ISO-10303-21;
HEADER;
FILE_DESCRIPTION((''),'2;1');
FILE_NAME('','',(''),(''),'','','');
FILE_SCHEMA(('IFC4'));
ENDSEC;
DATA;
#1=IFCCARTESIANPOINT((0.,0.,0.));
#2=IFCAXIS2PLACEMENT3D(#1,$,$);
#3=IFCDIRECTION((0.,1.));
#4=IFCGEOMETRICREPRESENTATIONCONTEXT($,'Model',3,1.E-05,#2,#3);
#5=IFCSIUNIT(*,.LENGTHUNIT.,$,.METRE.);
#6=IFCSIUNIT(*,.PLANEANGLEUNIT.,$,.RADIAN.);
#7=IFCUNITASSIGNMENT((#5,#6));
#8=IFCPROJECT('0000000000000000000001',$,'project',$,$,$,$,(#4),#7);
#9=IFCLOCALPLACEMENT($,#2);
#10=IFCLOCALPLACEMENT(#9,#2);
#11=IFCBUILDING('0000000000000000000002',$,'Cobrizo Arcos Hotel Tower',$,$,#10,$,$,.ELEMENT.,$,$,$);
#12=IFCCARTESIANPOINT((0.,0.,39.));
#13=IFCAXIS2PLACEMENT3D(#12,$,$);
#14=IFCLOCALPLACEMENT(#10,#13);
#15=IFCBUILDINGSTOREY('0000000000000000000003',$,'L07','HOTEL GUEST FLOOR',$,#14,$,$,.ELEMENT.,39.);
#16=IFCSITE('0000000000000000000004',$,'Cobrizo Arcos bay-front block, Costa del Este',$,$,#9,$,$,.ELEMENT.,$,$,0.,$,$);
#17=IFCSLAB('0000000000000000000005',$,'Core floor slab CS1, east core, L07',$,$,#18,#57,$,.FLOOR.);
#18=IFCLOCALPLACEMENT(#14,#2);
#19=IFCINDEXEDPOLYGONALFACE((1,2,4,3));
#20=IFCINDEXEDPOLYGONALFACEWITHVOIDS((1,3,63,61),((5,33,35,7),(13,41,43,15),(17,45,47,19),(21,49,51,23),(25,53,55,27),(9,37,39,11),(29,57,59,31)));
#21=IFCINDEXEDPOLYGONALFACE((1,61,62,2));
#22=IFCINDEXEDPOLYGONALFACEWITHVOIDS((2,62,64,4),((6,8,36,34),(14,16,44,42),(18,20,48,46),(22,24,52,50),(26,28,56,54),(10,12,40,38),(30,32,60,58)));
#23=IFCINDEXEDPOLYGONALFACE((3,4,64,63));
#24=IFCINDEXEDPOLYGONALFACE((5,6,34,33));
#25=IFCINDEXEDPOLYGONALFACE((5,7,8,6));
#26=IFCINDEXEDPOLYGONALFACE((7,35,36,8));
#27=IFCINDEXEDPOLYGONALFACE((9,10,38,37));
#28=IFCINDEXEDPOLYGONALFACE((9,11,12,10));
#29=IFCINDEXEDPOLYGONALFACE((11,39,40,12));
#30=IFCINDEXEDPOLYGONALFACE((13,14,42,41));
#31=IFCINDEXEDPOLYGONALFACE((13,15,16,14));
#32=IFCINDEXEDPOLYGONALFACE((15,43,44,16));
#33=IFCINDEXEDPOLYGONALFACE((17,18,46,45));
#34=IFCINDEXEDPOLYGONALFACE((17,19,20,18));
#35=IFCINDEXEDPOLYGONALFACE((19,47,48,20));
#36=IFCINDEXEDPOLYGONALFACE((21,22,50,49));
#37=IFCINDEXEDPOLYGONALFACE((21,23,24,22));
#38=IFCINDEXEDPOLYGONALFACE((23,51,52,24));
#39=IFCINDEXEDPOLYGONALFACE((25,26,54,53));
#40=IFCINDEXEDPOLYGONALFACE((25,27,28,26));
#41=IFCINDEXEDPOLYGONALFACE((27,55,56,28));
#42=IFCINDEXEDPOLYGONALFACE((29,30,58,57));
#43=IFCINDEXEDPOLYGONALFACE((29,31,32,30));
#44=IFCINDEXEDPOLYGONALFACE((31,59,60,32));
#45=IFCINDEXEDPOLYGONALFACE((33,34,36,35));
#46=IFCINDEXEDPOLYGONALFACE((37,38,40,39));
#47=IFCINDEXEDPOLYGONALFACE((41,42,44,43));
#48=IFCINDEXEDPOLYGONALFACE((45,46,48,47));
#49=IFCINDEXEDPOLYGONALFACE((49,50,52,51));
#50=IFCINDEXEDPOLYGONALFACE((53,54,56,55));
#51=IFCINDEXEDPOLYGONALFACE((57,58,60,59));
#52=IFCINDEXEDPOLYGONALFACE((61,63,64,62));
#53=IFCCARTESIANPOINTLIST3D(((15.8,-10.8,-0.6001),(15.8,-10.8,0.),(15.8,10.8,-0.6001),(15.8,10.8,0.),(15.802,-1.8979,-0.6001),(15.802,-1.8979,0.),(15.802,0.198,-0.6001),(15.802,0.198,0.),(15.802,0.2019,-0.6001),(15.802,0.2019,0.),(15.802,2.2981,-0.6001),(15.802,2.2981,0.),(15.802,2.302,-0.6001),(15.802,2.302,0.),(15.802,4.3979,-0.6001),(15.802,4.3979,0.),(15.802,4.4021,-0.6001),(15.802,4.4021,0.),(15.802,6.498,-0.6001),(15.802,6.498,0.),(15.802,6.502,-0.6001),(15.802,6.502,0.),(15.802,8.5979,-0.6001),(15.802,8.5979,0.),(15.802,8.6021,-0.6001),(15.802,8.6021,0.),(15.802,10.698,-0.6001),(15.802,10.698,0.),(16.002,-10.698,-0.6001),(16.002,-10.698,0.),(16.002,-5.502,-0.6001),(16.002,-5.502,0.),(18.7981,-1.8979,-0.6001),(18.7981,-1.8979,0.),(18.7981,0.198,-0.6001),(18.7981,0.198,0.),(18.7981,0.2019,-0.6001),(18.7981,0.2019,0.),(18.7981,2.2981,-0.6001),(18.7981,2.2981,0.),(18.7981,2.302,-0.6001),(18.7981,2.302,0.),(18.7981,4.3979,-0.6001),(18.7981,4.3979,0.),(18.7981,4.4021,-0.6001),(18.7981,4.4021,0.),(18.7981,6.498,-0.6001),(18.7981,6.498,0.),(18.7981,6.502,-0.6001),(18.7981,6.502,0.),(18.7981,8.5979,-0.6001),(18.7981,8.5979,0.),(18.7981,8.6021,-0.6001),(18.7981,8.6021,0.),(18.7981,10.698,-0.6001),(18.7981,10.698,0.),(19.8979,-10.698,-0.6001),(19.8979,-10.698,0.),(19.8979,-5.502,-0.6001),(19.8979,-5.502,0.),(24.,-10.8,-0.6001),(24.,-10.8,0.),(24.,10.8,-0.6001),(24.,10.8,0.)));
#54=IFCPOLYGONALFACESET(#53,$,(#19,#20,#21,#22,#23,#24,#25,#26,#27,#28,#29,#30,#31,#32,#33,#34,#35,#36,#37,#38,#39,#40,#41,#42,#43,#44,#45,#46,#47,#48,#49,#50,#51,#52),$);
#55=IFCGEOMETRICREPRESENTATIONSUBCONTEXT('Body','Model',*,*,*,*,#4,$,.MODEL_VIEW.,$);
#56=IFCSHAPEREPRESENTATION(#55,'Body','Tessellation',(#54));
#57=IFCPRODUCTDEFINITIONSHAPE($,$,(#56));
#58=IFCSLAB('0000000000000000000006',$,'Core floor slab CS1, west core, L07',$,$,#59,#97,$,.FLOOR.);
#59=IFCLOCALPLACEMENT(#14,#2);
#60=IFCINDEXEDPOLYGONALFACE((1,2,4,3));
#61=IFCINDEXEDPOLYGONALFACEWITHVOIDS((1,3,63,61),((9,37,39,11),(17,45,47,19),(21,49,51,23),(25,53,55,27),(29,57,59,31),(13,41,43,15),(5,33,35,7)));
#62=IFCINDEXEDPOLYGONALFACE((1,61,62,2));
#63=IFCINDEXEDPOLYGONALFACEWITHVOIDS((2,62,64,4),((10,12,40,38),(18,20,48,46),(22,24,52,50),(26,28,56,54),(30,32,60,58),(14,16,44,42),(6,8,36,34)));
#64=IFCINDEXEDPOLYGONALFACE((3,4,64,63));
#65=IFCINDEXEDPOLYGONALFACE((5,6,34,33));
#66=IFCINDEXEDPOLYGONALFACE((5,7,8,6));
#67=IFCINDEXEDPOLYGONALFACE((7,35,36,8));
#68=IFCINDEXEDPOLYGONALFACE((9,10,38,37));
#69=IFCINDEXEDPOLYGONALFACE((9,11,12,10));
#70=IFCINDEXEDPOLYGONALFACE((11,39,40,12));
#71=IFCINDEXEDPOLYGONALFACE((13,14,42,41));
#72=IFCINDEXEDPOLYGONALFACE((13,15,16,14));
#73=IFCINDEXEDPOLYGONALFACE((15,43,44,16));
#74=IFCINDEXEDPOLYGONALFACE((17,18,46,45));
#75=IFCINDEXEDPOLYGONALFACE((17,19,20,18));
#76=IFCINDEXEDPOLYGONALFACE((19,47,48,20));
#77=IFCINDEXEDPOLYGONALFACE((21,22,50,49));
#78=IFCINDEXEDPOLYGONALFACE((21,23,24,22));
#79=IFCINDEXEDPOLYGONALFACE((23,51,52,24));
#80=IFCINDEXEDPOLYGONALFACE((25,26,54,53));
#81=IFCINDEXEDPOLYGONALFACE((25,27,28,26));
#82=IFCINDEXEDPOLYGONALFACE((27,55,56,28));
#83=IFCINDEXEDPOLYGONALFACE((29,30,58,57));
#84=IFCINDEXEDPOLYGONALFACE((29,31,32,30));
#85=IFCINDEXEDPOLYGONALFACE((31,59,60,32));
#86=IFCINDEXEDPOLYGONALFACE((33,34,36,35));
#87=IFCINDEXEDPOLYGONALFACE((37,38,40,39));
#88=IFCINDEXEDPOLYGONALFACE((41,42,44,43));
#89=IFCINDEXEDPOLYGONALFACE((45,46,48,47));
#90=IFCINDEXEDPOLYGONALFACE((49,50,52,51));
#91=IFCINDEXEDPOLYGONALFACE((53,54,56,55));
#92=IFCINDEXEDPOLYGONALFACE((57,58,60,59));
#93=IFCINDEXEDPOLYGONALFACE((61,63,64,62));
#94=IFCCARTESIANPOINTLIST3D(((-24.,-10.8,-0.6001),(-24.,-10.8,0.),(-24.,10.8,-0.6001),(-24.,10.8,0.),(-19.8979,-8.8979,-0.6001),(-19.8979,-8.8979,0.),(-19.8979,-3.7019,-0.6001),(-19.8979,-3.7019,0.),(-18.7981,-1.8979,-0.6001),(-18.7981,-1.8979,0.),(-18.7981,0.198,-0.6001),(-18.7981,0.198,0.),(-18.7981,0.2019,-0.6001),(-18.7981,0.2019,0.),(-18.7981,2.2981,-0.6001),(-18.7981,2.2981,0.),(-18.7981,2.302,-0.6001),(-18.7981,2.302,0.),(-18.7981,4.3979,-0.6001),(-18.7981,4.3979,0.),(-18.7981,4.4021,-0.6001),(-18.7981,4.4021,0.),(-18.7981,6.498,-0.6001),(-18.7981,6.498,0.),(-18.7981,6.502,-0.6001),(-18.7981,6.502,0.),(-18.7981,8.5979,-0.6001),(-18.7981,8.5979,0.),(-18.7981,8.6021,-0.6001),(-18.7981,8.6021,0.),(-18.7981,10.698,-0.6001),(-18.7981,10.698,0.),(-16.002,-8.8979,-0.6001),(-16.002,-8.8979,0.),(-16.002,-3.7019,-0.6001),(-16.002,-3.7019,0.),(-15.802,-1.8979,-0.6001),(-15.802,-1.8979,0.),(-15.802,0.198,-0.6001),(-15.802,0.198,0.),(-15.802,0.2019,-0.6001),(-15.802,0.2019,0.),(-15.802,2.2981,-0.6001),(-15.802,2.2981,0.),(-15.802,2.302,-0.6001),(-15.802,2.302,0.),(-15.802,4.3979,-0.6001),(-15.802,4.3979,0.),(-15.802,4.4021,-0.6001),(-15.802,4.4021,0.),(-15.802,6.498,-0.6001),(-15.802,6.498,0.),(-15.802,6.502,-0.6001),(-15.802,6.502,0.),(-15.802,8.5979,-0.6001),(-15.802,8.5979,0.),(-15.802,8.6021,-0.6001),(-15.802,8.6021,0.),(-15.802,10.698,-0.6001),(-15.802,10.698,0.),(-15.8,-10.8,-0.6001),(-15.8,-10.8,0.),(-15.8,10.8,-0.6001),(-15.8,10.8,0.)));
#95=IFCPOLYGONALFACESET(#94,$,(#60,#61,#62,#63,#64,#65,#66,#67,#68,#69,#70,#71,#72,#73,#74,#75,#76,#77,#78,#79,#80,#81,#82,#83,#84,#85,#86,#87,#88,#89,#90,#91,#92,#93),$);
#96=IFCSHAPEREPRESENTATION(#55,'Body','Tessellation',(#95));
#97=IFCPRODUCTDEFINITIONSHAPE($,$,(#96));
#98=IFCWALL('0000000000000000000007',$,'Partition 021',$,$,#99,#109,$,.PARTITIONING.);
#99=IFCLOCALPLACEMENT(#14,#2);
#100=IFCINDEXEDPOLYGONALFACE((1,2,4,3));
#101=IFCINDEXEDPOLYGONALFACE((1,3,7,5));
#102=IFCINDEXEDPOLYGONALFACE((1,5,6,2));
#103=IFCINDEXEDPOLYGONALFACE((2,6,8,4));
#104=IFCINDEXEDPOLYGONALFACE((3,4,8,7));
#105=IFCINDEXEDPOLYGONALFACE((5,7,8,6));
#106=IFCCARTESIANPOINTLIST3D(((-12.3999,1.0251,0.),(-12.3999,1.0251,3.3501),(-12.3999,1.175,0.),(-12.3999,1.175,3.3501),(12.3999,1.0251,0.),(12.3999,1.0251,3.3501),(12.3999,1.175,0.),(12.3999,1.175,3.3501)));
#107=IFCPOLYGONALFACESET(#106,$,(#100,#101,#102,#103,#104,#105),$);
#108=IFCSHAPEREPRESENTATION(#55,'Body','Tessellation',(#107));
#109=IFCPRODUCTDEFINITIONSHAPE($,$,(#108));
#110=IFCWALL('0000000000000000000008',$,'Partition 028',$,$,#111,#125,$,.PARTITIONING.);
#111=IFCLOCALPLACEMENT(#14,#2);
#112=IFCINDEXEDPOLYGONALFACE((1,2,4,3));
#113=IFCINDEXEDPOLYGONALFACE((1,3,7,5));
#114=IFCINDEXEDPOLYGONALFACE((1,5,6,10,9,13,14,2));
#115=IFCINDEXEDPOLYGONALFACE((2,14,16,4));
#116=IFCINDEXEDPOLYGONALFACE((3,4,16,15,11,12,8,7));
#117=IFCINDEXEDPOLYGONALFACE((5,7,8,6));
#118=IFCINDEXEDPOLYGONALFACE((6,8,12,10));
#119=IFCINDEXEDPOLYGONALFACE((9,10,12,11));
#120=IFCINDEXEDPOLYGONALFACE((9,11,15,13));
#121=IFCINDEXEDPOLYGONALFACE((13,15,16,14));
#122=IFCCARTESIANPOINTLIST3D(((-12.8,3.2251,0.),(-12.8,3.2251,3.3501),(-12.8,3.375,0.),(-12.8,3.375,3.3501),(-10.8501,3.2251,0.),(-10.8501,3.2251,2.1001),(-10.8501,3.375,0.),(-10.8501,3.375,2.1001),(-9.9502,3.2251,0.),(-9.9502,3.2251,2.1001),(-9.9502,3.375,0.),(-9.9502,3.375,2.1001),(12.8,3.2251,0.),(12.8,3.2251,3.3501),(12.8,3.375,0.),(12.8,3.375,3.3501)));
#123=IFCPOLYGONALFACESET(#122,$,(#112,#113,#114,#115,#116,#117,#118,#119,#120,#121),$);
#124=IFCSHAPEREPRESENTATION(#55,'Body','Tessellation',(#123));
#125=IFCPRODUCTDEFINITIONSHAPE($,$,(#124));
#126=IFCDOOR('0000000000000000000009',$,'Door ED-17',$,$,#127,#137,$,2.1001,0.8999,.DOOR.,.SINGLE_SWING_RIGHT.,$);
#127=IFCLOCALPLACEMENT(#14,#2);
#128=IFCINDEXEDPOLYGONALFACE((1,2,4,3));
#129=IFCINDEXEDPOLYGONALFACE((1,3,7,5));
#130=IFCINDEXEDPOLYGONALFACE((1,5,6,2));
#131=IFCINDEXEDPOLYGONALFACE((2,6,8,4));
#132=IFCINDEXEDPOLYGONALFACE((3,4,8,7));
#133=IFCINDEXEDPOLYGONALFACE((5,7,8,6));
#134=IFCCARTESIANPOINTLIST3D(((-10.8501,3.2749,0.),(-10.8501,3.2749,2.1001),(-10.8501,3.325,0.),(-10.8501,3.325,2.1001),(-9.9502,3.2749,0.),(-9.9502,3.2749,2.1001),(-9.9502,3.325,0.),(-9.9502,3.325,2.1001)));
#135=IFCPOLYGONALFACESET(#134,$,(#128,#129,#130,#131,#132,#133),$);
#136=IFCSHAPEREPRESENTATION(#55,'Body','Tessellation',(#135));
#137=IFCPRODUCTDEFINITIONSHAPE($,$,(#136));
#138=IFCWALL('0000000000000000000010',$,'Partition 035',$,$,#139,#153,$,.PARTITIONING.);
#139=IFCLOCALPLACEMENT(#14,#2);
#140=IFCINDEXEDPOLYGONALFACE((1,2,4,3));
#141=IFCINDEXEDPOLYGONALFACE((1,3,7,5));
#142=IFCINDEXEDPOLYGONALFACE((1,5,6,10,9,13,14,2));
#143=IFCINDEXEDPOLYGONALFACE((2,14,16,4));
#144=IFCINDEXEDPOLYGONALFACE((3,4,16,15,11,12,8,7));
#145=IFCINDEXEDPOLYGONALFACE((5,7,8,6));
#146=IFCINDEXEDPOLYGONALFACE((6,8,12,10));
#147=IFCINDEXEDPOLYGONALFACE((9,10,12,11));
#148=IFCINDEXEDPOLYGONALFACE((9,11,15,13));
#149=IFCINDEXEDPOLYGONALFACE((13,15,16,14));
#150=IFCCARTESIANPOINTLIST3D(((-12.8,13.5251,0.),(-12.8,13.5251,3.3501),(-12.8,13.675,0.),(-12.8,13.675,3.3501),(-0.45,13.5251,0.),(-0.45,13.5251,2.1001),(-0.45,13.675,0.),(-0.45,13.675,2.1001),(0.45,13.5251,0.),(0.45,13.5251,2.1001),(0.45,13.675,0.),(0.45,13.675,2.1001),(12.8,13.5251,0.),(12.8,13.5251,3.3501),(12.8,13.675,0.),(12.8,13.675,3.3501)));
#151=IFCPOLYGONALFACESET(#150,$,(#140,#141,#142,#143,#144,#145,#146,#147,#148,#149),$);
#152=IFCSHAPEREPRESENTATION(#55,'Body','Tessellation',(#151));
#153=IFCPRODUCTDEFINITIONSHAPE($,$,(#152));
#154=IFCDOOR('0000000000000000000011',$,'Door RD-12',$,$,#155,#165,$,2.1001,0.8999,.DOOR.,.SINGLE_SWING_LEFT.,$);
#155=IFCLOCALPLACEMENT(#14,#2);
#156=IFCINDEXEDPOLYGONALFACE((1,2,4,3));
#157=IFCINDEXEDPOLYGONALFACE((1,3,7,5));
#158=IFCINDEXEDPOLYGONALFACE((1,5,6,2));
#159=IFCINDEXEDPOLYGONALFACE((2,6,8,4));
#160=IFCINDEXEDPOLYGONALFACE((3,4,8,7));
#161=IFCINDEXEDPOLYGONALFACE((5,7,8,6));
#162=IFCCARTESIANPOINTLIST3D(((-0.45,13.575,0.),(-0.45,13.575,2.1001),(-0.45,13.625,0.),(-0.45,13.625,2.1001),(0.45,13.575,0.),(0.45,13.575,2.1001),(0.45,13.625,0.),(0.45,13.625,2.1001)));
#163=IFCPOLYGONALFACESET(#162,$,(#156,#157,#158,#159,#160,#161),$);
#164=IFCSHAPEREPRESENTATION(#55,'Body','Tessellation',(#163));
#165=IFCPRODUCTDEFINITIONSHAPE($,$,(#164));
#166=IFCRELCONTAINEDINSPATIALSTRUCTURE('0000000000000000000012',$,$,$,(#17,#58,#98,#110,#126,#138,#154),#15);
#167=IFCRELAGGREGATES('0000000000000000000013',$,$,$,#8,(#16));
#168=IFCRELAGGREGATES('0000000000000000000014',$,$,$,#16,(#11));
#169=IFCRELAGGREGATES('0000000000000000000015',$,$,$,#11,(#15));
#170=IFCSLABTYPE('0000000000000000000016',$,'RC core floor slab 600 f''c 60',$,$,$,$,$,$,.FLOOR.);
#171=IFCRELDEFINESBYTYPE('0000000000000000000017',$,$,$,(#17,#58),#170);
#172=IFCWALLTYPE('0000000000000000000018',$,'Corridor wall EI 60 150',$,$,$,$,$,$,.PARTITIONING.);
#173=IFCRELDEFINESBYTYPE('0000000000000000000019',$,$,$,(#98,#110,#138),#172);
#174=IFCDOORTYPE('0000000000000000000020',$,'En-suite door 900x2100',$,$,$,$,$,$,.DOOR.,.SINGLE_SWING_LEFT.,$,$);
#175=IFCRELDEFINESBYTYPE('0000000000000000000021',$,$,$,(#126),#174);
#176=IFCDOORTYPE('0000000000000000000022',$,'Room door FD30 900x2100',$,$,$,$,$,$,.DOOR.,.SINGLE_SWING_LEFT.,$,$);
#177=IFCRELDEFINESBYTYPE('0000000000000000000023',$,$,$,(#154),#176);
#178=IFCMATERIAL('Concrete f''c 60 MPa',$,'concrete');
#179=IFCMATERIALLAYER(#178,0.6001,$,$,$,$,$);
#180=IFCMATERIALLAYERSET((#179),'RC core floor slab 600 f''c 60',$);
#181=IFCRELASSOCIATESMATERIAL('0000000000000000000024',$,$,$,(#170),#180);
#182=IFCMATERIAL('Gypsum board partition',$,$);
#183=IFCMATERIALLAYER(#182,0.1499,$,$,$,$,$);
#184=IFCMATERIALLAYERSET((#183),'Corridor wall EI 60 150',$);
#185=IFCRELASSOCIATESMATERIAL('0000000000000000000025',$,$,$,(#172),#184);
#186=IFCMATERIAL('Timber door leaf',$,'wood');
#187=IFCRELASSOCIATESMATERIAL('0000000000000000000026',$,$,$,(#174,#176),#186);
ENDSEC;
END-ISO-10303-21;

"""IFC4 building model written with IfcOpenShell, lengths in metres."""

from ifc_helpers import new_model, si_unit, direction, frame, frame_2d, origin, place, context, subcontext, project, spatial, polyline, rectangle, outline, extrude, material, layer, layer_set, type_object, element, fill, save


model = new_model("IFC4")

# Units and contexts
model_context = context("Model", 3, precision=1e-05, world=origin(), true_north=direction((0.0, 1.0)))
body_context = subcontext(model_context, "Body", "Model", "MODEL_VIEW")
ifc_project = project(units=[si_unit("LENGTHUNIT", "METRE"), si_unit("PLANEANGLEUNIT", "RADIAN")], contexts=[model_context])

# Site, building, storey
site_placement = place(None, origin())
site = spatial("IfcSite", under=ifc_project, at=site_placement, Name="Cobrizo Arcos bay-front block, Costa del Este", CompositionType="ELEMENT", RefElevation=0.0)
building_placement = place(site_placement, origin())
building = spatial("IfcBuilding", under=site, at=building_placement, Name="Cobrizo Arcos Hotel Tower", CompositionType="ELEMENT")
storey_placement = place(building_placement, frame((0.0, 0.0, 39.0)))
storey = spatial("IfcBuildingStorey", under=building, at=storey_placement, Name="L07", Description="HOTEL GUEST FLOOR", CompositionType="ELEMENT", Elevation=39.0)

# Slabs
ifc_material_1 = material(Name="Concrete f'c 60 MPa", Category="concrete")
ifc_layer_1 = layer(ifc_material_1, 0.6001)
ifc_layer_set_1 = layer_set([ifc_layer_1], Name="RC core floor slab 600 f'c 60")
slab_type = type_object("IfcSlabType", Name="RC core floor slab 600 f'c 60", PredefinedType="FLOOR", material=ifc_layer_set_1)
slab_1_placement = place(storey_placement, frame((0.0, 0.0, -0.6001)))
element("IfcSlab", 1, at=slab_1_placement, inside=storey, type_object=slab_type, Name="Core floor slab CS1, east core, L07", PredefinedType="FLOOR", context=body_context, shape_type="SweptSolid", body=[
    extrude(outline(polyline([(15.8, 10.8), (24.0, 10.8), (24.0, -10.8), (15.8, -10.8), (15.8, 10.8)]), holes=[polyline([(19.8979, -10.698), (19.8979, -5.502), (16.002, -5.502), (16.002, -10.698), (19.8979, -10.698)]), polyline([(15.802, 0.198), (15.802, -1.8979), (18.7981, -1.8979), (18.7981, 0.198), (15.802, 0.198)]), polyline([(18.7981, 2.2981), (15.802, 2.2981), (15.802, 0.2019), (18.7981, 0.2019), (18.7981, 2.2981)]), polyline([(18.7981, 4.3979), (15.802, 4.3979), (15.802, 2.302), (18.7981, 2.302), (18.7981, 4.3979)]), polyline([(15.802, 6.498), (15.802, 4.4021), (18.7981, 4.4021), (18.7981, 6.498), (15.802, 6.498)]), polyline([(18.7981, 8.5979), (15.802, 8.5979), (15.802, 6.502), (18.7981, 6.502), (18.7981, 8.5979)]), polyline([(18.7981, 10.698), (15.802, 10.698), (15.802, 8.6021), (18.7981, 8.6021), (18.7981, 10.698)])]), origin(), (0.0, 0.0, 1.0), 0.6001),
])
slab_2_placement = place(storey_placement, frame((0.0, 0.0, -0.6001)))
element("IfcSlab", 2, at=slab_2_placement, inside=storey, type_object=slab_type, Name="Core floor slab CS1, west core, L07", PredefinedType="FLOOR", context=body_context, shape_type="SweptSolid", body=[
    extrude(outline(polyline([(-24.0, 10.8), (-15.8, 10.8), (-15.8, -10.8), (-24.0, -10.8), (-24.0, 10.8)]), holes=[polyline([(-19.8979, -3.7019), (-19.8979, -8.8979), (-16.002, -8.8979), (-16.002, -3.7019), (-19.8979, -3.7019)]), polyline([(-18.7981, 0.198), (-18.7981, -1.8979), (-15.802, -1.8979), (-15.802, 0.198), (-18.7981, 0.198)]), polyline([(-15.802, 2.2981), (-18.7981, 2.2981), (-18.7981, 0.2019), (-15.802, 0.2019), (-15.802, 2.2981)]), polyline([(-15.802, 4.3979), (-18.7981, 4.3979), (-18.7981, 2.302), (-15.802, 2.302), (-15.802, 4.3979)]), polyline([(-18.7981, 6.498), (-18.7981, 4.4021), (-15.802, 4.4021), (-15.802, 6.498), (-18.7981, 6.498)]), polyline([(-15.802, 8.5979), (-18.7981, 8.5979), (-18.7981, 6.502), (-15.802, 6.502), (-15.802, 8.5979)]), polyline([(-15.802, 10.698), (-18.7981, 10.698), (-18.7981, 8.6021), (-15.802, 8.6021), (-15.802, 10.698)])]), origin(), (0.0, 0.0, 1.0), 0.6001),
])

# Wall
ifc_material_2 = material(Name="Gypsum board partition")
ifc_layer_2 = layer(ifc_material_2, 0.1499)
ifc_layer_set_2 = layer_set([ifc_layer_2], Name="Corridor wall EI 60 150")
wall_type_1 = type_object("IfcWallType", Name="Corridor wall EI 60 150", PredefinedType="PARTITIONING", material=ifc_layer_set_2)
wall_1_placement = place(storey_placement, frame((-12.3999, 1.1001, 0.0), z_axis=(0.0, 0.0, 1.0), x_axis=(1.0, 0.0, 0.0)))
element("IfcWall", 3, at=wall_1_placement, inside=storey, type_object=wall_type_1, Name="Partition 021", PredefinedType="PARTITIONING", context=body_context, shape_type="SweptSolid", body=[
    extrude(rectangle(XDim=24.7998, YDim=0.1499, at=frame_2d((12.3999, 0.0))), origin(), (0.0, 0.0, 1.0), 3.3501),
])

# Walls, openings, doors
wall_2_placement = place(storey_placement, frame((-12.8, 3.3, 0.0), z_axis=(0.0, 0.0, 1.0), x_axis=(1.0, 0.0, 0.0)))
wall_2 = element("IfcWall", 4, at=wall_2_placement, inside=storey, type_object=wall_type_1, Name="Partition 028", PredefinedType="PARTITIONING", context=body_context, shape_type="SweptSolid", body=[
    extrude(rectangle(XDim=25.6001, YDim=0.1499, at=frame_2d((12.8, 0.0))), origin(), (0.0, 0.0, 1.0), 3.3501),
])
opening_1_placement = place(wall_2_placement, frame((1.95, 0.0, 0.0)))
opening_1 = element("IfcOpeningElement", 5, at=opening_1_placement, cuts=wall_2, PredefinedType="OPENING", context=body_context, shape_type="SweptSolid", body=[
    extrude(rectangle(XDim=0.8999, YDim=2.1001, at=frame_2d((0.45, 1.05))), frame((0.0, 0.0869, 0.0), z_axis=(0.0, -1.0, 0.0), x_axis=(1.0, 0.0, 0.0)), (0.0, 0.0, 1.0), 0.1738),
])
ifc_material_3 = material(Name="Timber door leaf", Category="wood")
door_type_1 = type_object("IfcDoorType", Name="En-suite door 900x2100", OperationType="SINGLE_SWING_LEFT", PredefinedType="DOOR", material=ifc_material_3)
door_1_placement = place(opening_1_placement, origin())
door_1 = element("IfcDoor", 6, at=door_1_placement, inside=storey, type_object=door_type_1, Name="Door ED-17", OperationType="SINGLE_SWING_RIGHT", OverallHeight=2.1001, OverallWidth=0.8999, PredefinedType="DOOR", context=body_context, shape_type="SweptSolid", body=[
    extrude(rectangle(XDim=0.8999, YDim=2.1001, at=frame_2d((0.45, 1.05))), frame((0.0, 0.0249, 0.0), z_axis=(0.0, -1.0, 0.0), x_axis=(1.0, 0.0, 0.0)), (0.0, 0.0, 1.0), 0.05),
])
fill(opening_1, door_1)
wall_3_placement = place(storey_placement, frame((-12.8, 13.6001, 0.0), z_axis=(0.0, 0.0, 1.0), x_axis=(1.0, 0.0, 0.0)))
wall_3 = element("IfcWall", 7, at=wall_3_placement, inside=storey, type_object=wall_type_1, Name="Partition 035", PredefinedType="PARTITIONING", context=body_context, shape_type="SweptSolid", body=[
    extrude(rectangle(XDim=25.6001, YDim=0.1499, at=frame_2d((12.8, 0.0))), origin(), (0.0, 0.0, 1.0), 3.3501),
])
opening_2_placement = place(wall_3_placement, frame((12.3501, 0.0, 0.0)))
opening_2 = element("IfcOpeningElement", 8, at=opening_2_placement, cuts=wall_3, PredefinedType="OPENING", context=body_context, shape_type="SweptSolid", body=[
    extrude(rectangle(XDim=0.8999, YDim=2.1001, at=frame_2d((0.45, 1.05))), frame((0.0, 0.0869, 0.0), z_axis=(0.0, -1.0, 0.0), x_axis=(1.0, 0.0, 0.0)), (0.0, 0.0, 1.0), 0.1738),
])
door_type_2 = type_object("IfcDoorType", Name="Room door FD30 900x2100", OperationType="SINGLE_SWING_LEFT", PredefinedType="DOOR", material=ifc_material_3)
door_2_placement = place(opening_2_placement, origin())
door_2 = element("IfcDoor", 9, at=door_2_placement, inside=storey, type_object=door_type_2, Name="Door RD-12", OperationType="SINGLE_SWING_LEFT", OverallHeight=2.1001, OverallWidth=0.8999, PredefinedType="DOOR", context=body_context, shape_type="SweptSolid", body=[
    extrude(rectangle(XDim=0.8999, YDim=2.1001, at=frame_2d((0.45, 1.05))), frame((0.0, 0.0249, 0.0), z_axis=(0.0, -1.0, 0.0), x_axis=(1.0, 0.0, 0.0)), (0.0, 0.0, 1.0), 0.05),
])
fill(opening_2, door_2)

save(model, "model.ifc")
